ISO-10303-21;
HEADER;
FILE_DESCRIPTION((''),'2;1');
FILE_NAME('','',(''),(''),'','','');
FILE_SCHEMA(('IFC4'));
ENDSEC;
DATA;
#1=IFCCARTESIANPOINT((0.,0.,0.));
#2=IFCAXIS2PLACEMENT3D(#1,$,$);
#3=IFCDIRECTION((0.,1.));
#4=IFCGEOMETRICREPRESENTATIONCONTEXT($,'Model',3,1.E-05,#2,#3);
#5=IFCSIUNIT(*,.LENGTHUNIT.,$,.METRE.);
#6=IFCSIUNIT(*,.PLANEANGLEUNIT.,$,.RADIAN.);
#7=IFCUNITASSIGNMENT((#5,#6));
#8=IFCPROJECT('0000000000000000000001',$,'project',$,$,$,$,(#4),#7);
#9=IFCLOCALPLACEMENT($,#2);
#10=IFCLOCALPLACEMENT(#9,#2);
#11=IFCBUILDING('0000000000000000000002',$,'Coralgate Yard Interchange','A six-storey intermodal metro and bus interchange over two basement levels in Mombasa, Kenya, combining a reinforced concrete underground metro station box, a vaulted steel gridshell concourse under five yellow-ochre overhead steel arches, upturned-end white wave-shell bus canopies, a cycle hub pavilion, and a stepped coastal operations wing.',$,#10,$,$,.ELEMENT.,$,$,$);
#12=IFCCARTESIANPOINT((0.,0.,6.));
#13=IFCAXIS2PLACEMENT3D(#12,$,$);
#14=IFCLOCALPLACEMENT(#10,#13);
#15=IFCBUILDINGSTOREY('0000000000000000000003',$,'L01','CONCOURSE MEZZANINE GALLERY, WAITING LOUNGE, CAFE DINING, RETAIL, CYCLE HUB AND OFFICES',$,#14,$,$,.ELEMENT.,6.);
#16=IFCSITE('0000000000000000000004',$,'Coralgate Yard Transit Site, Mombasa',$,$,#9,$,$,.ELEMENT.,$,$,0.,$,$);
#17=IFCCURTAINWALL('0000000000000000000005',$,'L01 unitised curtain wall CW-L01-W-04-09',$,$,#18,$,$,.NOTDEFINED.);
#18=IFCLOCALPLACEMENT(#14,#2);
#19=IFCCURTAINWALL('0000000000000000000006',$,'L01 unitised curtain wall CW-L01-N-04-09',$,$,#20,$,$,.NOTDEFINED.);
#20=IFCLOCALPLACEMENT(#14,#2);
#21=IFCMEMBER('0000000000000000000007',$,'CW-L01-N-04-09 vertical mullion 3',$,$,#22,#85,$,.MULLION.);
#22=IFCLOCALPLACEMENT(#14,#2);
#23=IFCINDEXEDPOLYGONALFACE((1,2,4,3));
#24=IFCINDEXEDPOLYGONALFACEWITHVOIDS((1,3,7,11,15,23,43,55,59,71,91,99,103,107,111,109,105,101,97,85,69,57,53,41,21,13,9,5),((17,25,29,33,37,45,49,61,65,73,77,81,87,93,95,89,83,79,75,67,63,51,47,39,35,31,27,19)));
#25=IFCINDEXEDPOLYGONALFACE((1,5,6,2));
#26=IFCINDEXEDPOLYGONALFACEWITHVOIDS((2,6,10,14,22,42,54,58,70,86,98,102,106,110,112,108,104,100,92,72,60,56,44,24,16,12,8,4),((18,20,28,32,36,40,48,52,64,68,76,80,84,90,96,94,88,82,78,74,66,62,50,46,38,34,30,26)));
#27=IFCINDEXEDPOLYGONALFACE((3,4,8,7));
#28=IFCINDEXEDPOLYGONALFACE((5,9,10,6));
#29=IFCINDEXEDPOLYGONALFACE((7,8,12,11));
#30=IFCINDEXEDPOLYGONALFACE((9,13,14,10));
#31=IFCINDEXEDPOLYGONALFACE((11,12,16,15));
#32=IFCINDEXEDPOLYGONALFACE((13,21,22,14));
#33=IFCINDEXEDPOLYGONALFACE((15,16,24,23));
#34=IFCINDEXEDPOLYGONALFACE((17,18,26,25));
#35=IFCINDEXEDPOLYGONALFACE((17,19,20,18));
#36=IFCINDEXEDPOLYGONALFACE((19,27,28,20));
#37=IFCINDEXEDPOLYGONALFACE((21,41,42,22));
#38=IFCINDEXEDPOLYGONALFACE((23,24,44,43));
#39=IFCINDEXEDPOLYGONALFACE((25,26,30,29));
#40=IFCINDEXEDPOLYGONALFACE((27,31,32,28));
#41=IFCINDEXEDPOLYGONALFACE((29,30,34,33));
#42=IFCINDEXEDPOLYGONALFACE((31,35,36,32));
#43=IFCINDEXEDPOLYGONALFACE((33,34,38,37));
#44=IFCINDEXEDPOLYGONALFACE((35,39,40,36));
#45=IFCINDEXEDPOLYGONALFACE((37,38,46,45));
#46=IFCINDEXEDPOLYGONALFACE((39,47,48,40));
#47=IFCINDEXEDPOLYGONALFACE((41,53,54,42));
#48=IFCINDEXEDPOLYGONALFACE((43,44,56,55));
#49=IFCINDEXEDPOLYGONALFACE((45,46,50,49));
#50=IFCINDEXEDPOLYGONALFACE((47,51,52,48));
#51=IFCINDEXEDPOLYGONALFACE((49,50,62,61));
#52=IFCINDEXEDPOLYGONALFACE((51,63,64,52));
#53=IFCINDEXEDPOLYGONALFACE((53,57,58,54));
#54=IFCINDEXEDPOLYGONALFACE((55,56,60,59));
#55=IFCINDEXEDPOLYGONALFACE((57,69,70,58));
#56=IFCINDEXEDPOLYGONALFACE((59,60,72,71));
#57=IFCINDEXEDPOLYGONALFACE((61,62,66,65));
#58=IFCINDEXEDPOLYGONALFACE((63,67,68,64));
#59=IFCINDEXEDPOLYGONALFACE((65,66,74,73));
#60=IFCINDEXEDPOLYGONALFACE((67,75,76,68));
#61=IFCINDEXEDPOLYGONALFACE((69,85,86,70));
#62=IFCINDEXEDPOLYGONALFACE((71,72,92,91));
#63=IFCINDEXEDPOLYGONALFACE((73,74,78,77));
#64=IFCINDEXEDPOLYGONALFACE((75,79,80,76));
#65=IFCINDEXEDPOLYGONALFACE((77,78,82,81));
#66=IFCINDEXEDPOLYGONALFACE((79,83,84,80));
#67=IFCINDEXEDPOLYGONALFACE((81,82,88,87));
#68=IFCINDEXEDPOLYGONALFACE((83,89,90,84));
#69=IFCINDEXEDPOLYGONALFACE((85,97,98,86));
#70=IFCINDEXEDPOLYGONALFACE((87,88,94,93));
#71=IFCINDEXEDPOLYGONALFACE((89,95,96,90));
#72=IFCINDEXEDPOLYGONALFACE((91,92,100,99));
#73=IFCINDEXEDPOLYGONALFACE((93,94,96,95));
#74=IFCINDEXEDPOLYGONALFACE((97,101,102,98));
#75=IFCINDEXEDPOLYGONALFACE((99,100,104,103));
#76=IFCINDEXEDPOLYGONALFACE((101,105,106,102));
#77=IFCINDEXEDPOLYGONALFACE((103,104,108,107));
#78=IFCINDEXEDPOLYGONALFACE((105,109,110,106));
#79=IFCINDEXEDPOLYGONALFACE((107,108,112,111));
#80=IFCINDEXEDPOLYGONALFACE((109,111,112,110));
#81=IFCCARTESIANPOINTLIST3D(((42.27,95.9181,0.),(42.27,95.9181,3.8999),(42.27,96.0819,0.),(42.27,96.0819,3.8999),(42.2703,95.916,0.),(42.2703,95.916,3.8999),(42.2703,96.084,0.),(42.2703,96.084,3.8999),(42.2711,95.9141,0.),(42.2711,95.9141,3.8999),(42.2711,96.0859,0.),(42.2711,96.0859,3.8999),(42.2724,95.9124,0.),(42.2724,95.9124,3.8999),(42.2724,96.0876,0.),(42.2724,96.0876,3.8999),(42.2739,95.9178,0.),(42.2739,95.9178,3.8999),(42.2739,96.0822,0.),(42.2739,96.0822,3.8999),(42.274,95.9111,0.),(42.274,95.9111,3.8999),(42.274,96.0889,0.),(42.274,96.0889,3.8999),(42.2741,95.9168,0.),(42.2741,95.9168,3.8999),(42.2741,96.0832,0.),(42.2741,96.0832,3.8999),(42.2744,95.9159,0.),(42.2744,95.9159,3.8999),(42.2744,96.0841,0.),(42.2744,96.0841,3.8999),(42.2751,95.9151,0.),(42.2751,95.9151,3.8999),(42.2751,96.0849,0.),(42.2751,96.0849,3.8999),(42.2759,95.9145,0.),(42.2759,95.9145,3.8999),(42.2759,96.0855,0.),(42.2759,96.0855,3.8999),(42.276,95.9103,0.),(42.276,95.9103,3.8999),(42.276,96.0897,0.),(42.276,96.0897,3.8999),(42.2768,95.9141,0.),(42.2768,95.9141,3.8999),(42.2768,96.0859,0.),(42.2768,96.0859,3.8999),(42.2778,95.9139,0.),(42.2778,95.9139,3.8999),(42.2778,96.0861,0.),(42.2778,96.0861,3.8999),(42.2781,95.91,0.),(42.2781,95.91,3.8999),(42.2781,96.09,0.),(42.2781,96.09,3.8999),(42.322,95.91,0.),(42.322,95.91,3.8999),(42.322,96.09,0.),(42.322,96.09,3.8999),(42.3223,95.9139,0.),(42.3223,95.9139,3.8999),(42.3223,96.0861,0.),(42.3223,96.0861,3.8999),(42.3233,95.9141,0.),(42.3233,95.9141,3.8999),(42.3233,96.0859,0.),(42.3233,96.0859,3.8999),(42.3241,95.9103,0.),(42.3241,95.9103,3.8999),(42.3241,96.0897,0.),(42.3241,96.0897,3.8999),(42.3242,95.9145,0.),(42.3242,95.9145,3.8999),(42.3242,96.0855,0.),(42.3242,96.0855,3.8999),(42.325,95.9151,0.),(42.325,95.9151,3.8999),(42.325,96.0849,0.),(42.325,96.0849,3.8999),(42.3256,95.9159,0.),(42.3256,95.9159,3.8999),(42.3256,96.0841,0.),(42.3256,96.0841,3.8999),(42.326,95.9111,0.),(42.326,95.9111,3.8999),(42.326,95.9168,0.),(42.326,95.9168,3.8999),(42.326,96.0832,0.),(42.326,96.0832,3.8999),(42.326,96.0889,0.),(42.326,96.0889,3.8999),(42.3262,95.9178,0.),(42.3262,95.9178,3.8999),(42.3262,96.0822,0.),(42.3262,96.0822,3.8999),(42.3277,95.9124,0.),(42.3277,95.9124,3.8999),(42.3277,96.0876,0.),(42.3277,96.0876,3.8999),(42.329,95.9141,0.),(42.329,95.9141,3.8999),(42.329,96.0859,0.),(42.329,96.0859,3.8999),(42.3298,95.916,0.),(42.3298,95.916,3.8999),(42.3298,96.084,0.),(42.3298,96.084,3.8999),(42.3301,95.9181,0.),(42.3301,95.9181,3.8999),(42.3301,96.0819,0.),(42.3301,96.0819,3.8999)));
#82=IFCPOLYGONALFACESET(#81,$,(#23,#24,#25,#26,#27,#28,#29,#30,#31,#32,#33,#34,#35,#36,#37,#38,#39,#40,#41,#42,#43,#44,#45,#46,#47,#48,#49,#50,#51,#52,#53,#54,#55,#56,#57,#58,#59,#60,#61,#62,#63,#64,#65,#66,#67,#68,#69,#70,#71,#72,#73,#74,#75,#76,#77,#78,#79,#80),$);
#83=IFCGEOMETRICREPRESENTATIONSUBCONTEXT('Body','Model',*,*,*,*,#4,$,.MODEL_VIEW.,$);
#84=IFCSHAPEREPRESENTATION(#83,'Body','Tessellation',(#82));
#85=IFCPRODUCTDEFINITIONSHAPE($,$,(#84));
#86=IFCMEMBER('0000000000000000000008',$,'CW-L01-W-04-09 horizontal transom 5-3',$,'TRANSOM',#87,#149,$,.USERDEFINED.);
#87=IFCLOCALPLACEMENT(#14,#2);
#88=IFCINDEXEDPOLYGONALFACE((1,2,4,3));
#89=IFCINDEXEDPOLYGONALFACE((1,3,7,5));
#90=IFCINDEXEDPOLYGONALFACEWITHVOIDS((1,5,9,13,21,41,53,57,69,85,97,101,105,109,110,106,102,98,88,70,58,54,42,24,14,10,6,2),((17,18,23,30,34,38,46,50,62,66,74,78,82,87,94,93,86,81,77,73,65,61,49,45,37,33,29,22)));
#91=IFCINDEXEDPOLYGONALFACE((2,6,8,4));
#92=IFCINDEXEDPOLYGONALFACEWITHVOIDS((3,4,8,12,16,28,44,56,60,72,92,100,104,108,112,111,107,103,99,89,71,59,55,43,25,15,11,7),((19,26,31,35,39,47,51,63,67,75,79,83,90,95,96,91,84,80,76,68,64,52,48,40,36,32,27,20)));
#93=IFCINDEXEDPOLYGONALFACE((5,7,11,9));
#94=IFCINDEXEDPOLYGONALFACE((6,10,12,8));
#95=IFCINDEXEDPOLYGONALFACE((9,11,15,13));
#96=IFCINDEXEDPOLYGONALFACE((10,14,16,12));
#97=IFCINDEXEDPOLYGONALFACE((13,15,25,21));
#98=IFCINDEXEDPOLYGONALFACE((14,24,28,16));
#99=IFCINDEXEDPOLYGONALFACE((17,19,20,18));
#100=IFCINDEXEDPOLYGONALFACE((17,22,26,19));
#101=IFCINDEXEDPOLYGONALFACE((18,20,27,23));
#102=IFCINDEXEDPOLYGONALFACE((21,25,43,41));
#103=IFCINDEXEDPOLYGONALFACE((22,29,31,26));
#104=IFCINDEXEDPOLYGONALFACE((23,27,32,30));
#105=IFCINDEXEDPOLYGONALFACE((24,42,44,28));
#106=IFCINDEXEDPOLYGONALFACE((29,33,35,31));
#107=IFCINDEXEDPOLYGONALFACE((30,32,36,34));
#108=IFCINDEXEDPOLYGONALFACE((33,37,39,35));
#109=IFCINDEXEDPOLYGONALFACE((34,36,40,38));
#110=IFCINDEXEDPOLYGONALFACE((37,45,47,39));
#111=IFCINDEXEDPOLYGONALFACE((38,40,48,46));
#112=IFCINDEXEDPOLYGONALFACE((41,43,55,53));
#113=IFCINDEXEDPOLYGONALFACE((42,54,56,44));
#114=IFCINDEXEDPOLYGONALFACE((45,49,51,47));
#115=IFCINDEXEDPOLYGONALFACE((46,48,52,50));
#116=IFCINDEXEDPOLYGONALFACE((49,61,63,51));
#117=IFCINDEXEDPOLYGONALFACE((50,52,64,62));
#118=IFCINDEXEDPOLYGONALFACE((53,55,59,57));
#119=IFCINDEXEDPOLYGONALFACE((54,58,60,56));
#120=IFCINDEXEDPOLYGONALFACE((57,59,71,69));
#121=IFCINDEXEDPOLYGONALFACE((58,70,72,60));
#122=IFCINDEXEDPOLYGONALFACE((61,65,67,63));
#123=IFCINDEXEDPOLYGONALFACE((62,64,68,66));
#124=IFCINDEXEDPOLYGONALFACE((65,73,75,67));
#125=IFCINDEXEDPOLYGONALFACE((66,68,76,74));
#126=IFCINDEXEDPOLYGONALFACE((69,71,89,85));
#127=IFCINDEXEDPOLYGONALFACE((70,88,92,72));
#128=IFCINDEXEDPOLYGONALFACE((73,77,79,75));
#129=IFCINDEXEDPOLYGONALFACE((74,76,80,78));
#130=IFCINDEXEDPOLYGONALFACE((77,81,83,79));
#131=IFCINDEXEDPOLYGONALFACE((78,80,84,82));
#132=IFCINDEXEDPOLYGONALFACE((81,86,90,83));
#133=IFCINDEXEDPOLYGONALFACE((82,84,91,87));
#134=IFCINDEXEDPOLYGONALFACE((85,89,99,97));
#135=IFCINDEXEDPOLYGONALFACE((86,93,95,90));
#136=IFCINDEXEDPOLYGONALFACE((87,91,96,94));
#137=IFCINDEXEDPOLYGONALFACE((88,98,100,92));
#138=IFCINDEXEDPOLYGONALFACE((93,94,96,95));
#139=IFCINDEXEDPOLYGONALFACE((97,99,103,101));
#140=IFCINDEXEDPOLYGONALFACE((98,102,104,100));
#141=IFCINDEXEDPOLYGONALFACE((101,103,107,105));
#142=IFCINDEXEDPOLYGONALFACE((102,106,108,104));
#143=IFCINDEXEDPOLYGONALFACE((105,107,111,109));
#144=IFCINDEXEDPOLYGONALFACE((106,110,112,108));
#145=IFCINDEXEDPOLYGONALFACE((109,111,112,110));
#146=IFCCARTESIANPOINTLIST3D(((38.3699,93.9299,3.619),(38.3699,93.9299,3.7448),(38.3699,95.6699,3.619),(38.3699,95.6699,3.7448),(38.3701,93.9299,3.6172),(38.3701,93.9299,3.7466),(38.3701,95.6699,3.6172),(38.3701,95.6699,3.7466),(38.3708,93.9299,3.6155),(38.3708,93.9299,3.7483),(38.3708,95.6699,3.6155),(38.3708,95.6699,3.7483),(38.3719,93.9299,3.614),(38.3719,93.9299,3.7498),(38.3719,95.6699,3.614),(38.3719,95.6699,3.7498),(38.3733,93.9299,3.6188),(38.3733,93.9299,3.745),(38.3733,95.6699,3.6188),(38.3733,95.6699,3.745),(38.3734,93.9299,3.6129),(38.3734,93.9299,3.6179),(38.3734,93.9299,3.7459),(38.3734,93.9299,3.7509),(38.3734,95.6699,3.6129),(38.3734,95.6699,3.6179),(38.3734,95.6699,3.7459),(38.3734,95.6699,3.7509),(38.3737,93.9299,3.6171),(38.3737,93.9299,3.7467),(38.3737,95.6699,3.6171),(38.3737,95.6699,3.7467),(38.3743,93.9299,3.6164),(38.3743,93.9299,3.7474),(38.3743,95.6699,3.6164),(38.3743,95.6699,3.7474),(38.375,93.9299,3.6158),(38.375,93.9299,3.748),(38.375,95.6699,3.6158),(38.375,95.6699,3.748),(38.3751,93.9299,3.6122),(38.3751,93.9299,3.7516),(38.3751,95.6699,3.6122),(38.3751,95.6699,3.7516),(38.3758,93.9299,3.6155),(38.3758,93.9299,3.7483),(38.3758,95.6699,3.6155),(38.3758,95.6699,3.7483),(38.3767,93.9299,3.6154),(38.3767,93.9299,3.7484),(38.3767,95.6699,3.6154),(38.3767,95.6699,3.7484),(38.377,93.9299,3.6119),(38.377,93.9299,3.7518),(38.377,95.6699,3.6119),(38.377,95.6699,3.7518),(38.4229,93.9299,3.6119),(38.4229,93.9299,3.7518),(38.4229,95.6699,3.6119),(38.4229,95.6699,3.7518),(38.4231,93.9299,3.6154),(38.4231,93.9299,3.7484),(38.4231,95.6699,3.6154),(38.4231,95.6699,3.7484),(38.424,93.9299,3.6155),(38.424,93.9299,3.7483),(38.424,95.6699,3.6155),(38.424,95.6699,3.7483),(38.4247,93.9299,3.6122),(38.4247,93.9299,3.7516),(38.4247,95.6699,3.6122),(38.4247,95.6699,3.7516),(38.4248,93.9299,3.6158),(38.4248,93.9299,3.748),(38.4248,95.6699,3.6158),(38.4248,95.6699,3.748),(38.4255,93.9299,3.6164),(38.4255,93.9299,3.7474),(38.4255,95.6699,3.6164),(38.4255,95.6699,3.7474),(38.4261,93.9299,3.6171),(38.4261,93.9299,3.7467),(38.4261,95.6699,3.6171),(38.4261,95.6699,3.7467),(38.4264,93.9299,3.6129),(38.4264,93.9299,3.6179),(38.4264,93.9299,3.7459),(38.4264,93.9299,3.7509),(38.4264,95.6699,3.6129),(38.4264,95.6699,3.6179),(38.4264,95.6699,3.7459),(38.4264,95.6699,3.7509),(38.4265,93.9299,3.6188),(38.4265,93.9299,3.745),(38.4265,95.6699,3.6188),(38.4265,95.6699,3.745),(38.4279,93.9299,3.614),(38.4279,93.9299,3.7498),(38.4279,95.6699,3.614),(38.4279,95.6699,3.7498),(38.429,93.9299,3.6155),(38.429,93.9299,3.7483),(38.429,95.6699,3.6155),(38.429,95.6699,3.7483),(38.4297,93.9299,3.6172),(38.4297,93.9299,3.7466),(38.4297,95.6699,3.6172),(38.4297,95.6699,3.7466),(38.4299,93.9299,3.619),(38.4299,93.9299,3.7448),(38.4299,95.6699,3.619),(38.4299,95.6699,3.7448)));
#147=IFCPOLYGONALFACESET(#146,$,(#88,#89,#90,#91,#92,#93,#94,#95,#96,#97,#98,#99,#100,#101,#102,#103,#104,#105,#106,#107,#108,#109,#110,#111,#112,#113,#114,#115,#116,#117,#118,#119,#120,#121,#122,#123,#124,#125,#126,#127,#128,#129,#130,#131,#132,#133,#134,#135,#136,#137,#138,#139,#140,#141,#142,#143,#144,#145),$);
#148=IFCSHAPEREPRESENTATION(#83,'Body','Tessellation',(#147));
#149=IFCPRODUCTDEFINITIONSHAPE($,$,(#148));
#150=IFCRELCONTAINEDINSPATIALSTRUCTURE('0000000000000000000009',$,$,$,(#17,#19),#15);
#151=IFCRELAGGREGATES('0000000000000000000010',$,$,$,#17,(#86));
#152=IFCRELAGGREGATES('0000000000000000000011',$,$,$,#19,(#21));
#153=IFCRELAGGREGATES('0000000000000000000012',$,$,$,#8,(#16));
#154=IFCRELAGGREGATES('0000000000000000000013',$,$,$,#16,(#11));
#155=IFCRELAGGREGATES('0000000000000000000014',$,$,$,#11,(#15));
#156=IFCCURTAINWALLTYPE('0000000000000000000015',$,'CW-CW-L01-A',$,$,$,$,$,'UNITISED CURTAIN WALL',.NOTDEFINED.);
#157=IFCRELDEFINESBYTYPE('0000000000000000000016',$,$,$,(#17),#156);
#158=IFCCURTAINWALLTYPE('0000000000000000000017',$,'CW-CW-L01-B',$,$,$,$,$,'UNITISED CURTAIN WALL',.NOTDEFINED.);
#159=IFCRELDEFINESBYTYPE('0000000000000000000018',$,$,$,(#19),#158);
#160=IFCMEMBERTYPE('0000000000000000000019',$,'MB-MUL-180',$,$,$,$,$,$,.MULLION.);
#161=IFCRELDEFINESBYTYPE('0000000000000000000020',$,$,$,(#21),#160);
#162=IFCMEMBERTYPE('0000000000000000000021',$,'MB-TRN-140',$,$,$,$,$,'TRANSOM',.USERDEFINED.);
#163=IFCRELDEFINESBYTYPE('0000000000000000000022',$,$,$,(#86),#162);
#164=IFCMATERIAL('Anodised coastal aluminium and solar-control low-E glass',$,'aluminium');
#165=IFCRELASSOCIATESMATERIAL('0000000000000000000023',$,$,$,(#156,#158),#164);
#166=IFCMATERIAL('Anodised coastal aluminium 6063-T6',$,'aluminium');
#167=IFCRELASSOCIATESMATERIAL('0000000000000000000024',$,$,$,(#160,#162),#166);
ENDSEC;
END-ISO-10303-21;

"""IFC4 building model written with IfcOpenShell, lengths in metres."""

from ifc_helpers import new_model, si_unit, direction, frame, origin, origin_2d, place, context, subcontext, project, spatial, hollow_rectangle, extrude, material, material_profile, profile_set, type_object, element, aggregate, save


model = new_model("IFC4")

# Units and contexts
model_context = context("Model", 3, precision=1e-05, world=origin(), true_north=direction((0.0, 1.0)))
body_context = subcontext(model_context, "Body", "Model", "MODEL_VIEW")
ifc_project = project(units=[si_unit("LENGTHUNIT", "METRE"), si_unit("PLANEANGLEUNIT", "RADIAN")], contexts=[model_context])

# Site, building, storey
site_placement = place(None, origin())
site = spatial("IfcSite", under=ifc_project, at=site_placement, Name="Coralgate Yard Transit Site, Mombasa", CompositionType="ELEMENT", RefElevation=0.0)
building_placement = place(site_placement, origin())
building = spatial("IfcBuilding", under=site, at=building_placement, Name="Coralgate Yard Interchange", Description="A six-storey intermodal metro and bus interchange over two basement levels in Mombasa, Kenya, combining a reinforced concrete underground metro station box, a vaulted steel gridshell concourse under five yellow-ochre overhead steel arches, upturned-end white wave-shell bus canopies, a cycle hub pavilion, and a stepped coastal operations wing.", CompositionType="ELEMENT")
storey_placement = place(building_placement, frame((0.0, 0.0, 6.0)))
storey = spatial("IfcBuildingStorey", under=building, at=storey_placement, Name="L01", Description="CONCOURSE MEZZANINE GALLERY, WAITING LOUNGE, CAFE DINING, RETAIL, CYCLE HUB AND OFFICES", CompositionType="ELEMENT", Elevation=6.0)

# Curtain wall
ifc_material_1 = material(Name="Anodised coastal aluminium and solar-control low-E glass", Category="aluminium")
curtain_wall_type_1 = type_object("IfcCurtainWallType", Name="CW-CW-L01-A", ElementType="UNITISED CURTAIN WALL", PredefinedType="NOTDEFINED", material=ifc_material_1)
curtain_wall_1_placement = place(storey_placement, origin())
curtain_wall_1 = element("IfcCurtainWall", 1, at=curtain_wall_1_placement, inside=storey, type_object=curtain_wall_type_1, Name="L01 unitised curtain wall CW-L01-W-04-09", PredefinedType="NOTDEFINED")
ifc_material_2 = material(Name="Anodised coastal aluminium 6063-T6", Category="aluminium")
ifc_material_profile_1 = material_profile(ifc_material_2, hollow_rectangle(XDim=0.0601, YDim=0.1799, WallThickness=0.0039, InnerFilletRadius=0.0039, OuterFilletRadius=0.0081, at=origin_2d()), Name="ALU 60x180x4")
ifc_profile_set_1 = profile_set([ifc_material_profile_1], Name="Anodised coastal aluminium 6063-T6")
member_type_1 = type_object("IfcMemberType", Name="MB-MUL-180", PredefinedType="MULLION", material=ifc_profile_set_1)

# Curtain wall, member
curtain_wall_type_2 = type_object("IfcCurtainWallType", Name="CW-CW-L01-B", ElementType="UNITISED CURTAIN WALL", PredefinedType="NOTDEFINED", material=ifc_material_1)
curtain_wall_2_placement = place(storey_placement, origin())
curtain_wall_2 = element("IfcCurtainWall", 2, at=curtain_wall_2_placement, inside=storey, type_object=curtain_wall_type_2, Name="L01 unitised curtain wall CW-L01-N-04-09", PredefinedType="NOTDEFINED")
member_1_placement = place(storey_placement, frame((42.3, 96.0, 0.0), z_axis=(0.0, 0.0, 1.0), x_axis=(1.0, 0.0, 0.0)))
member_1 = element("IfcMember", 3, at=member_1_placement, type_object=member_type_1, Name="CW-L01-N-04-09 vertical mullion 3", PredefinedType="MULLION", context=body_context, shape_type="SweptSolid", body=[
    extrude(hollow_rectangle(XDim=0.0601, YDim=0.1799, WallThickness=0.0039, InnerFilletRadius=0.0039, OuterFilletRadius=0.0081, at=origin_2d()), origin(), (0.0, 0.0, 1.0), 3.8999),
])

# Member
ifc_material_profile_2 = material_profile(ifc_material_2, hollow_rectangle(XDim=0.0601, YDim=0.1399, WallThickness=0.0034, InnerFilletRadius=0.0034, OuterFilletRadius=0.0071, at=origin_2d()), Name="ALU 60x140x3.5")
ifc_profile_set_2 = profile_set([ifc_material_profile_2], Name="Anodised coastal aluminium 6063-T6")
member_type_2 = type_object("IfcMemberType", Name="MB-TRN-140", ElementType="TRANSOM", PredefinedType="USERDEFINED", material=ifc_profile_set_2)
member_2_placement = place(storey_placement, frame((38.3999, 93.9299, 3.6819), z_axis=(0.0, 1.0, 0.0), x_axis=(-1.0, 0.0, 0.0)))
member_2 = element("IfcMember", 4, at=member_2_placement, type_object=member_type_2, Name="CW-L01-W-04-09 horizontal transom 5-3", ObjectType="TRANSOM", PredefinedType="USERDEFINED", context=body_context, shape_type="SweptSolid", body=[
    extrude(hollow_rectangle(XDim=0.0601, YDim=0.1399, WallThickness=0.0034, InnerFilletRadius=0.0034, OuterFilletRadius=0.0071, at=origin_2d()), origin(), (0.0, 0.0, 1.0), 1.74),
])

aggregate(curtain_wall_1, [member_2])
aggregate(curtain_wall_2, [member_1])

save(model, "model.ifc")
